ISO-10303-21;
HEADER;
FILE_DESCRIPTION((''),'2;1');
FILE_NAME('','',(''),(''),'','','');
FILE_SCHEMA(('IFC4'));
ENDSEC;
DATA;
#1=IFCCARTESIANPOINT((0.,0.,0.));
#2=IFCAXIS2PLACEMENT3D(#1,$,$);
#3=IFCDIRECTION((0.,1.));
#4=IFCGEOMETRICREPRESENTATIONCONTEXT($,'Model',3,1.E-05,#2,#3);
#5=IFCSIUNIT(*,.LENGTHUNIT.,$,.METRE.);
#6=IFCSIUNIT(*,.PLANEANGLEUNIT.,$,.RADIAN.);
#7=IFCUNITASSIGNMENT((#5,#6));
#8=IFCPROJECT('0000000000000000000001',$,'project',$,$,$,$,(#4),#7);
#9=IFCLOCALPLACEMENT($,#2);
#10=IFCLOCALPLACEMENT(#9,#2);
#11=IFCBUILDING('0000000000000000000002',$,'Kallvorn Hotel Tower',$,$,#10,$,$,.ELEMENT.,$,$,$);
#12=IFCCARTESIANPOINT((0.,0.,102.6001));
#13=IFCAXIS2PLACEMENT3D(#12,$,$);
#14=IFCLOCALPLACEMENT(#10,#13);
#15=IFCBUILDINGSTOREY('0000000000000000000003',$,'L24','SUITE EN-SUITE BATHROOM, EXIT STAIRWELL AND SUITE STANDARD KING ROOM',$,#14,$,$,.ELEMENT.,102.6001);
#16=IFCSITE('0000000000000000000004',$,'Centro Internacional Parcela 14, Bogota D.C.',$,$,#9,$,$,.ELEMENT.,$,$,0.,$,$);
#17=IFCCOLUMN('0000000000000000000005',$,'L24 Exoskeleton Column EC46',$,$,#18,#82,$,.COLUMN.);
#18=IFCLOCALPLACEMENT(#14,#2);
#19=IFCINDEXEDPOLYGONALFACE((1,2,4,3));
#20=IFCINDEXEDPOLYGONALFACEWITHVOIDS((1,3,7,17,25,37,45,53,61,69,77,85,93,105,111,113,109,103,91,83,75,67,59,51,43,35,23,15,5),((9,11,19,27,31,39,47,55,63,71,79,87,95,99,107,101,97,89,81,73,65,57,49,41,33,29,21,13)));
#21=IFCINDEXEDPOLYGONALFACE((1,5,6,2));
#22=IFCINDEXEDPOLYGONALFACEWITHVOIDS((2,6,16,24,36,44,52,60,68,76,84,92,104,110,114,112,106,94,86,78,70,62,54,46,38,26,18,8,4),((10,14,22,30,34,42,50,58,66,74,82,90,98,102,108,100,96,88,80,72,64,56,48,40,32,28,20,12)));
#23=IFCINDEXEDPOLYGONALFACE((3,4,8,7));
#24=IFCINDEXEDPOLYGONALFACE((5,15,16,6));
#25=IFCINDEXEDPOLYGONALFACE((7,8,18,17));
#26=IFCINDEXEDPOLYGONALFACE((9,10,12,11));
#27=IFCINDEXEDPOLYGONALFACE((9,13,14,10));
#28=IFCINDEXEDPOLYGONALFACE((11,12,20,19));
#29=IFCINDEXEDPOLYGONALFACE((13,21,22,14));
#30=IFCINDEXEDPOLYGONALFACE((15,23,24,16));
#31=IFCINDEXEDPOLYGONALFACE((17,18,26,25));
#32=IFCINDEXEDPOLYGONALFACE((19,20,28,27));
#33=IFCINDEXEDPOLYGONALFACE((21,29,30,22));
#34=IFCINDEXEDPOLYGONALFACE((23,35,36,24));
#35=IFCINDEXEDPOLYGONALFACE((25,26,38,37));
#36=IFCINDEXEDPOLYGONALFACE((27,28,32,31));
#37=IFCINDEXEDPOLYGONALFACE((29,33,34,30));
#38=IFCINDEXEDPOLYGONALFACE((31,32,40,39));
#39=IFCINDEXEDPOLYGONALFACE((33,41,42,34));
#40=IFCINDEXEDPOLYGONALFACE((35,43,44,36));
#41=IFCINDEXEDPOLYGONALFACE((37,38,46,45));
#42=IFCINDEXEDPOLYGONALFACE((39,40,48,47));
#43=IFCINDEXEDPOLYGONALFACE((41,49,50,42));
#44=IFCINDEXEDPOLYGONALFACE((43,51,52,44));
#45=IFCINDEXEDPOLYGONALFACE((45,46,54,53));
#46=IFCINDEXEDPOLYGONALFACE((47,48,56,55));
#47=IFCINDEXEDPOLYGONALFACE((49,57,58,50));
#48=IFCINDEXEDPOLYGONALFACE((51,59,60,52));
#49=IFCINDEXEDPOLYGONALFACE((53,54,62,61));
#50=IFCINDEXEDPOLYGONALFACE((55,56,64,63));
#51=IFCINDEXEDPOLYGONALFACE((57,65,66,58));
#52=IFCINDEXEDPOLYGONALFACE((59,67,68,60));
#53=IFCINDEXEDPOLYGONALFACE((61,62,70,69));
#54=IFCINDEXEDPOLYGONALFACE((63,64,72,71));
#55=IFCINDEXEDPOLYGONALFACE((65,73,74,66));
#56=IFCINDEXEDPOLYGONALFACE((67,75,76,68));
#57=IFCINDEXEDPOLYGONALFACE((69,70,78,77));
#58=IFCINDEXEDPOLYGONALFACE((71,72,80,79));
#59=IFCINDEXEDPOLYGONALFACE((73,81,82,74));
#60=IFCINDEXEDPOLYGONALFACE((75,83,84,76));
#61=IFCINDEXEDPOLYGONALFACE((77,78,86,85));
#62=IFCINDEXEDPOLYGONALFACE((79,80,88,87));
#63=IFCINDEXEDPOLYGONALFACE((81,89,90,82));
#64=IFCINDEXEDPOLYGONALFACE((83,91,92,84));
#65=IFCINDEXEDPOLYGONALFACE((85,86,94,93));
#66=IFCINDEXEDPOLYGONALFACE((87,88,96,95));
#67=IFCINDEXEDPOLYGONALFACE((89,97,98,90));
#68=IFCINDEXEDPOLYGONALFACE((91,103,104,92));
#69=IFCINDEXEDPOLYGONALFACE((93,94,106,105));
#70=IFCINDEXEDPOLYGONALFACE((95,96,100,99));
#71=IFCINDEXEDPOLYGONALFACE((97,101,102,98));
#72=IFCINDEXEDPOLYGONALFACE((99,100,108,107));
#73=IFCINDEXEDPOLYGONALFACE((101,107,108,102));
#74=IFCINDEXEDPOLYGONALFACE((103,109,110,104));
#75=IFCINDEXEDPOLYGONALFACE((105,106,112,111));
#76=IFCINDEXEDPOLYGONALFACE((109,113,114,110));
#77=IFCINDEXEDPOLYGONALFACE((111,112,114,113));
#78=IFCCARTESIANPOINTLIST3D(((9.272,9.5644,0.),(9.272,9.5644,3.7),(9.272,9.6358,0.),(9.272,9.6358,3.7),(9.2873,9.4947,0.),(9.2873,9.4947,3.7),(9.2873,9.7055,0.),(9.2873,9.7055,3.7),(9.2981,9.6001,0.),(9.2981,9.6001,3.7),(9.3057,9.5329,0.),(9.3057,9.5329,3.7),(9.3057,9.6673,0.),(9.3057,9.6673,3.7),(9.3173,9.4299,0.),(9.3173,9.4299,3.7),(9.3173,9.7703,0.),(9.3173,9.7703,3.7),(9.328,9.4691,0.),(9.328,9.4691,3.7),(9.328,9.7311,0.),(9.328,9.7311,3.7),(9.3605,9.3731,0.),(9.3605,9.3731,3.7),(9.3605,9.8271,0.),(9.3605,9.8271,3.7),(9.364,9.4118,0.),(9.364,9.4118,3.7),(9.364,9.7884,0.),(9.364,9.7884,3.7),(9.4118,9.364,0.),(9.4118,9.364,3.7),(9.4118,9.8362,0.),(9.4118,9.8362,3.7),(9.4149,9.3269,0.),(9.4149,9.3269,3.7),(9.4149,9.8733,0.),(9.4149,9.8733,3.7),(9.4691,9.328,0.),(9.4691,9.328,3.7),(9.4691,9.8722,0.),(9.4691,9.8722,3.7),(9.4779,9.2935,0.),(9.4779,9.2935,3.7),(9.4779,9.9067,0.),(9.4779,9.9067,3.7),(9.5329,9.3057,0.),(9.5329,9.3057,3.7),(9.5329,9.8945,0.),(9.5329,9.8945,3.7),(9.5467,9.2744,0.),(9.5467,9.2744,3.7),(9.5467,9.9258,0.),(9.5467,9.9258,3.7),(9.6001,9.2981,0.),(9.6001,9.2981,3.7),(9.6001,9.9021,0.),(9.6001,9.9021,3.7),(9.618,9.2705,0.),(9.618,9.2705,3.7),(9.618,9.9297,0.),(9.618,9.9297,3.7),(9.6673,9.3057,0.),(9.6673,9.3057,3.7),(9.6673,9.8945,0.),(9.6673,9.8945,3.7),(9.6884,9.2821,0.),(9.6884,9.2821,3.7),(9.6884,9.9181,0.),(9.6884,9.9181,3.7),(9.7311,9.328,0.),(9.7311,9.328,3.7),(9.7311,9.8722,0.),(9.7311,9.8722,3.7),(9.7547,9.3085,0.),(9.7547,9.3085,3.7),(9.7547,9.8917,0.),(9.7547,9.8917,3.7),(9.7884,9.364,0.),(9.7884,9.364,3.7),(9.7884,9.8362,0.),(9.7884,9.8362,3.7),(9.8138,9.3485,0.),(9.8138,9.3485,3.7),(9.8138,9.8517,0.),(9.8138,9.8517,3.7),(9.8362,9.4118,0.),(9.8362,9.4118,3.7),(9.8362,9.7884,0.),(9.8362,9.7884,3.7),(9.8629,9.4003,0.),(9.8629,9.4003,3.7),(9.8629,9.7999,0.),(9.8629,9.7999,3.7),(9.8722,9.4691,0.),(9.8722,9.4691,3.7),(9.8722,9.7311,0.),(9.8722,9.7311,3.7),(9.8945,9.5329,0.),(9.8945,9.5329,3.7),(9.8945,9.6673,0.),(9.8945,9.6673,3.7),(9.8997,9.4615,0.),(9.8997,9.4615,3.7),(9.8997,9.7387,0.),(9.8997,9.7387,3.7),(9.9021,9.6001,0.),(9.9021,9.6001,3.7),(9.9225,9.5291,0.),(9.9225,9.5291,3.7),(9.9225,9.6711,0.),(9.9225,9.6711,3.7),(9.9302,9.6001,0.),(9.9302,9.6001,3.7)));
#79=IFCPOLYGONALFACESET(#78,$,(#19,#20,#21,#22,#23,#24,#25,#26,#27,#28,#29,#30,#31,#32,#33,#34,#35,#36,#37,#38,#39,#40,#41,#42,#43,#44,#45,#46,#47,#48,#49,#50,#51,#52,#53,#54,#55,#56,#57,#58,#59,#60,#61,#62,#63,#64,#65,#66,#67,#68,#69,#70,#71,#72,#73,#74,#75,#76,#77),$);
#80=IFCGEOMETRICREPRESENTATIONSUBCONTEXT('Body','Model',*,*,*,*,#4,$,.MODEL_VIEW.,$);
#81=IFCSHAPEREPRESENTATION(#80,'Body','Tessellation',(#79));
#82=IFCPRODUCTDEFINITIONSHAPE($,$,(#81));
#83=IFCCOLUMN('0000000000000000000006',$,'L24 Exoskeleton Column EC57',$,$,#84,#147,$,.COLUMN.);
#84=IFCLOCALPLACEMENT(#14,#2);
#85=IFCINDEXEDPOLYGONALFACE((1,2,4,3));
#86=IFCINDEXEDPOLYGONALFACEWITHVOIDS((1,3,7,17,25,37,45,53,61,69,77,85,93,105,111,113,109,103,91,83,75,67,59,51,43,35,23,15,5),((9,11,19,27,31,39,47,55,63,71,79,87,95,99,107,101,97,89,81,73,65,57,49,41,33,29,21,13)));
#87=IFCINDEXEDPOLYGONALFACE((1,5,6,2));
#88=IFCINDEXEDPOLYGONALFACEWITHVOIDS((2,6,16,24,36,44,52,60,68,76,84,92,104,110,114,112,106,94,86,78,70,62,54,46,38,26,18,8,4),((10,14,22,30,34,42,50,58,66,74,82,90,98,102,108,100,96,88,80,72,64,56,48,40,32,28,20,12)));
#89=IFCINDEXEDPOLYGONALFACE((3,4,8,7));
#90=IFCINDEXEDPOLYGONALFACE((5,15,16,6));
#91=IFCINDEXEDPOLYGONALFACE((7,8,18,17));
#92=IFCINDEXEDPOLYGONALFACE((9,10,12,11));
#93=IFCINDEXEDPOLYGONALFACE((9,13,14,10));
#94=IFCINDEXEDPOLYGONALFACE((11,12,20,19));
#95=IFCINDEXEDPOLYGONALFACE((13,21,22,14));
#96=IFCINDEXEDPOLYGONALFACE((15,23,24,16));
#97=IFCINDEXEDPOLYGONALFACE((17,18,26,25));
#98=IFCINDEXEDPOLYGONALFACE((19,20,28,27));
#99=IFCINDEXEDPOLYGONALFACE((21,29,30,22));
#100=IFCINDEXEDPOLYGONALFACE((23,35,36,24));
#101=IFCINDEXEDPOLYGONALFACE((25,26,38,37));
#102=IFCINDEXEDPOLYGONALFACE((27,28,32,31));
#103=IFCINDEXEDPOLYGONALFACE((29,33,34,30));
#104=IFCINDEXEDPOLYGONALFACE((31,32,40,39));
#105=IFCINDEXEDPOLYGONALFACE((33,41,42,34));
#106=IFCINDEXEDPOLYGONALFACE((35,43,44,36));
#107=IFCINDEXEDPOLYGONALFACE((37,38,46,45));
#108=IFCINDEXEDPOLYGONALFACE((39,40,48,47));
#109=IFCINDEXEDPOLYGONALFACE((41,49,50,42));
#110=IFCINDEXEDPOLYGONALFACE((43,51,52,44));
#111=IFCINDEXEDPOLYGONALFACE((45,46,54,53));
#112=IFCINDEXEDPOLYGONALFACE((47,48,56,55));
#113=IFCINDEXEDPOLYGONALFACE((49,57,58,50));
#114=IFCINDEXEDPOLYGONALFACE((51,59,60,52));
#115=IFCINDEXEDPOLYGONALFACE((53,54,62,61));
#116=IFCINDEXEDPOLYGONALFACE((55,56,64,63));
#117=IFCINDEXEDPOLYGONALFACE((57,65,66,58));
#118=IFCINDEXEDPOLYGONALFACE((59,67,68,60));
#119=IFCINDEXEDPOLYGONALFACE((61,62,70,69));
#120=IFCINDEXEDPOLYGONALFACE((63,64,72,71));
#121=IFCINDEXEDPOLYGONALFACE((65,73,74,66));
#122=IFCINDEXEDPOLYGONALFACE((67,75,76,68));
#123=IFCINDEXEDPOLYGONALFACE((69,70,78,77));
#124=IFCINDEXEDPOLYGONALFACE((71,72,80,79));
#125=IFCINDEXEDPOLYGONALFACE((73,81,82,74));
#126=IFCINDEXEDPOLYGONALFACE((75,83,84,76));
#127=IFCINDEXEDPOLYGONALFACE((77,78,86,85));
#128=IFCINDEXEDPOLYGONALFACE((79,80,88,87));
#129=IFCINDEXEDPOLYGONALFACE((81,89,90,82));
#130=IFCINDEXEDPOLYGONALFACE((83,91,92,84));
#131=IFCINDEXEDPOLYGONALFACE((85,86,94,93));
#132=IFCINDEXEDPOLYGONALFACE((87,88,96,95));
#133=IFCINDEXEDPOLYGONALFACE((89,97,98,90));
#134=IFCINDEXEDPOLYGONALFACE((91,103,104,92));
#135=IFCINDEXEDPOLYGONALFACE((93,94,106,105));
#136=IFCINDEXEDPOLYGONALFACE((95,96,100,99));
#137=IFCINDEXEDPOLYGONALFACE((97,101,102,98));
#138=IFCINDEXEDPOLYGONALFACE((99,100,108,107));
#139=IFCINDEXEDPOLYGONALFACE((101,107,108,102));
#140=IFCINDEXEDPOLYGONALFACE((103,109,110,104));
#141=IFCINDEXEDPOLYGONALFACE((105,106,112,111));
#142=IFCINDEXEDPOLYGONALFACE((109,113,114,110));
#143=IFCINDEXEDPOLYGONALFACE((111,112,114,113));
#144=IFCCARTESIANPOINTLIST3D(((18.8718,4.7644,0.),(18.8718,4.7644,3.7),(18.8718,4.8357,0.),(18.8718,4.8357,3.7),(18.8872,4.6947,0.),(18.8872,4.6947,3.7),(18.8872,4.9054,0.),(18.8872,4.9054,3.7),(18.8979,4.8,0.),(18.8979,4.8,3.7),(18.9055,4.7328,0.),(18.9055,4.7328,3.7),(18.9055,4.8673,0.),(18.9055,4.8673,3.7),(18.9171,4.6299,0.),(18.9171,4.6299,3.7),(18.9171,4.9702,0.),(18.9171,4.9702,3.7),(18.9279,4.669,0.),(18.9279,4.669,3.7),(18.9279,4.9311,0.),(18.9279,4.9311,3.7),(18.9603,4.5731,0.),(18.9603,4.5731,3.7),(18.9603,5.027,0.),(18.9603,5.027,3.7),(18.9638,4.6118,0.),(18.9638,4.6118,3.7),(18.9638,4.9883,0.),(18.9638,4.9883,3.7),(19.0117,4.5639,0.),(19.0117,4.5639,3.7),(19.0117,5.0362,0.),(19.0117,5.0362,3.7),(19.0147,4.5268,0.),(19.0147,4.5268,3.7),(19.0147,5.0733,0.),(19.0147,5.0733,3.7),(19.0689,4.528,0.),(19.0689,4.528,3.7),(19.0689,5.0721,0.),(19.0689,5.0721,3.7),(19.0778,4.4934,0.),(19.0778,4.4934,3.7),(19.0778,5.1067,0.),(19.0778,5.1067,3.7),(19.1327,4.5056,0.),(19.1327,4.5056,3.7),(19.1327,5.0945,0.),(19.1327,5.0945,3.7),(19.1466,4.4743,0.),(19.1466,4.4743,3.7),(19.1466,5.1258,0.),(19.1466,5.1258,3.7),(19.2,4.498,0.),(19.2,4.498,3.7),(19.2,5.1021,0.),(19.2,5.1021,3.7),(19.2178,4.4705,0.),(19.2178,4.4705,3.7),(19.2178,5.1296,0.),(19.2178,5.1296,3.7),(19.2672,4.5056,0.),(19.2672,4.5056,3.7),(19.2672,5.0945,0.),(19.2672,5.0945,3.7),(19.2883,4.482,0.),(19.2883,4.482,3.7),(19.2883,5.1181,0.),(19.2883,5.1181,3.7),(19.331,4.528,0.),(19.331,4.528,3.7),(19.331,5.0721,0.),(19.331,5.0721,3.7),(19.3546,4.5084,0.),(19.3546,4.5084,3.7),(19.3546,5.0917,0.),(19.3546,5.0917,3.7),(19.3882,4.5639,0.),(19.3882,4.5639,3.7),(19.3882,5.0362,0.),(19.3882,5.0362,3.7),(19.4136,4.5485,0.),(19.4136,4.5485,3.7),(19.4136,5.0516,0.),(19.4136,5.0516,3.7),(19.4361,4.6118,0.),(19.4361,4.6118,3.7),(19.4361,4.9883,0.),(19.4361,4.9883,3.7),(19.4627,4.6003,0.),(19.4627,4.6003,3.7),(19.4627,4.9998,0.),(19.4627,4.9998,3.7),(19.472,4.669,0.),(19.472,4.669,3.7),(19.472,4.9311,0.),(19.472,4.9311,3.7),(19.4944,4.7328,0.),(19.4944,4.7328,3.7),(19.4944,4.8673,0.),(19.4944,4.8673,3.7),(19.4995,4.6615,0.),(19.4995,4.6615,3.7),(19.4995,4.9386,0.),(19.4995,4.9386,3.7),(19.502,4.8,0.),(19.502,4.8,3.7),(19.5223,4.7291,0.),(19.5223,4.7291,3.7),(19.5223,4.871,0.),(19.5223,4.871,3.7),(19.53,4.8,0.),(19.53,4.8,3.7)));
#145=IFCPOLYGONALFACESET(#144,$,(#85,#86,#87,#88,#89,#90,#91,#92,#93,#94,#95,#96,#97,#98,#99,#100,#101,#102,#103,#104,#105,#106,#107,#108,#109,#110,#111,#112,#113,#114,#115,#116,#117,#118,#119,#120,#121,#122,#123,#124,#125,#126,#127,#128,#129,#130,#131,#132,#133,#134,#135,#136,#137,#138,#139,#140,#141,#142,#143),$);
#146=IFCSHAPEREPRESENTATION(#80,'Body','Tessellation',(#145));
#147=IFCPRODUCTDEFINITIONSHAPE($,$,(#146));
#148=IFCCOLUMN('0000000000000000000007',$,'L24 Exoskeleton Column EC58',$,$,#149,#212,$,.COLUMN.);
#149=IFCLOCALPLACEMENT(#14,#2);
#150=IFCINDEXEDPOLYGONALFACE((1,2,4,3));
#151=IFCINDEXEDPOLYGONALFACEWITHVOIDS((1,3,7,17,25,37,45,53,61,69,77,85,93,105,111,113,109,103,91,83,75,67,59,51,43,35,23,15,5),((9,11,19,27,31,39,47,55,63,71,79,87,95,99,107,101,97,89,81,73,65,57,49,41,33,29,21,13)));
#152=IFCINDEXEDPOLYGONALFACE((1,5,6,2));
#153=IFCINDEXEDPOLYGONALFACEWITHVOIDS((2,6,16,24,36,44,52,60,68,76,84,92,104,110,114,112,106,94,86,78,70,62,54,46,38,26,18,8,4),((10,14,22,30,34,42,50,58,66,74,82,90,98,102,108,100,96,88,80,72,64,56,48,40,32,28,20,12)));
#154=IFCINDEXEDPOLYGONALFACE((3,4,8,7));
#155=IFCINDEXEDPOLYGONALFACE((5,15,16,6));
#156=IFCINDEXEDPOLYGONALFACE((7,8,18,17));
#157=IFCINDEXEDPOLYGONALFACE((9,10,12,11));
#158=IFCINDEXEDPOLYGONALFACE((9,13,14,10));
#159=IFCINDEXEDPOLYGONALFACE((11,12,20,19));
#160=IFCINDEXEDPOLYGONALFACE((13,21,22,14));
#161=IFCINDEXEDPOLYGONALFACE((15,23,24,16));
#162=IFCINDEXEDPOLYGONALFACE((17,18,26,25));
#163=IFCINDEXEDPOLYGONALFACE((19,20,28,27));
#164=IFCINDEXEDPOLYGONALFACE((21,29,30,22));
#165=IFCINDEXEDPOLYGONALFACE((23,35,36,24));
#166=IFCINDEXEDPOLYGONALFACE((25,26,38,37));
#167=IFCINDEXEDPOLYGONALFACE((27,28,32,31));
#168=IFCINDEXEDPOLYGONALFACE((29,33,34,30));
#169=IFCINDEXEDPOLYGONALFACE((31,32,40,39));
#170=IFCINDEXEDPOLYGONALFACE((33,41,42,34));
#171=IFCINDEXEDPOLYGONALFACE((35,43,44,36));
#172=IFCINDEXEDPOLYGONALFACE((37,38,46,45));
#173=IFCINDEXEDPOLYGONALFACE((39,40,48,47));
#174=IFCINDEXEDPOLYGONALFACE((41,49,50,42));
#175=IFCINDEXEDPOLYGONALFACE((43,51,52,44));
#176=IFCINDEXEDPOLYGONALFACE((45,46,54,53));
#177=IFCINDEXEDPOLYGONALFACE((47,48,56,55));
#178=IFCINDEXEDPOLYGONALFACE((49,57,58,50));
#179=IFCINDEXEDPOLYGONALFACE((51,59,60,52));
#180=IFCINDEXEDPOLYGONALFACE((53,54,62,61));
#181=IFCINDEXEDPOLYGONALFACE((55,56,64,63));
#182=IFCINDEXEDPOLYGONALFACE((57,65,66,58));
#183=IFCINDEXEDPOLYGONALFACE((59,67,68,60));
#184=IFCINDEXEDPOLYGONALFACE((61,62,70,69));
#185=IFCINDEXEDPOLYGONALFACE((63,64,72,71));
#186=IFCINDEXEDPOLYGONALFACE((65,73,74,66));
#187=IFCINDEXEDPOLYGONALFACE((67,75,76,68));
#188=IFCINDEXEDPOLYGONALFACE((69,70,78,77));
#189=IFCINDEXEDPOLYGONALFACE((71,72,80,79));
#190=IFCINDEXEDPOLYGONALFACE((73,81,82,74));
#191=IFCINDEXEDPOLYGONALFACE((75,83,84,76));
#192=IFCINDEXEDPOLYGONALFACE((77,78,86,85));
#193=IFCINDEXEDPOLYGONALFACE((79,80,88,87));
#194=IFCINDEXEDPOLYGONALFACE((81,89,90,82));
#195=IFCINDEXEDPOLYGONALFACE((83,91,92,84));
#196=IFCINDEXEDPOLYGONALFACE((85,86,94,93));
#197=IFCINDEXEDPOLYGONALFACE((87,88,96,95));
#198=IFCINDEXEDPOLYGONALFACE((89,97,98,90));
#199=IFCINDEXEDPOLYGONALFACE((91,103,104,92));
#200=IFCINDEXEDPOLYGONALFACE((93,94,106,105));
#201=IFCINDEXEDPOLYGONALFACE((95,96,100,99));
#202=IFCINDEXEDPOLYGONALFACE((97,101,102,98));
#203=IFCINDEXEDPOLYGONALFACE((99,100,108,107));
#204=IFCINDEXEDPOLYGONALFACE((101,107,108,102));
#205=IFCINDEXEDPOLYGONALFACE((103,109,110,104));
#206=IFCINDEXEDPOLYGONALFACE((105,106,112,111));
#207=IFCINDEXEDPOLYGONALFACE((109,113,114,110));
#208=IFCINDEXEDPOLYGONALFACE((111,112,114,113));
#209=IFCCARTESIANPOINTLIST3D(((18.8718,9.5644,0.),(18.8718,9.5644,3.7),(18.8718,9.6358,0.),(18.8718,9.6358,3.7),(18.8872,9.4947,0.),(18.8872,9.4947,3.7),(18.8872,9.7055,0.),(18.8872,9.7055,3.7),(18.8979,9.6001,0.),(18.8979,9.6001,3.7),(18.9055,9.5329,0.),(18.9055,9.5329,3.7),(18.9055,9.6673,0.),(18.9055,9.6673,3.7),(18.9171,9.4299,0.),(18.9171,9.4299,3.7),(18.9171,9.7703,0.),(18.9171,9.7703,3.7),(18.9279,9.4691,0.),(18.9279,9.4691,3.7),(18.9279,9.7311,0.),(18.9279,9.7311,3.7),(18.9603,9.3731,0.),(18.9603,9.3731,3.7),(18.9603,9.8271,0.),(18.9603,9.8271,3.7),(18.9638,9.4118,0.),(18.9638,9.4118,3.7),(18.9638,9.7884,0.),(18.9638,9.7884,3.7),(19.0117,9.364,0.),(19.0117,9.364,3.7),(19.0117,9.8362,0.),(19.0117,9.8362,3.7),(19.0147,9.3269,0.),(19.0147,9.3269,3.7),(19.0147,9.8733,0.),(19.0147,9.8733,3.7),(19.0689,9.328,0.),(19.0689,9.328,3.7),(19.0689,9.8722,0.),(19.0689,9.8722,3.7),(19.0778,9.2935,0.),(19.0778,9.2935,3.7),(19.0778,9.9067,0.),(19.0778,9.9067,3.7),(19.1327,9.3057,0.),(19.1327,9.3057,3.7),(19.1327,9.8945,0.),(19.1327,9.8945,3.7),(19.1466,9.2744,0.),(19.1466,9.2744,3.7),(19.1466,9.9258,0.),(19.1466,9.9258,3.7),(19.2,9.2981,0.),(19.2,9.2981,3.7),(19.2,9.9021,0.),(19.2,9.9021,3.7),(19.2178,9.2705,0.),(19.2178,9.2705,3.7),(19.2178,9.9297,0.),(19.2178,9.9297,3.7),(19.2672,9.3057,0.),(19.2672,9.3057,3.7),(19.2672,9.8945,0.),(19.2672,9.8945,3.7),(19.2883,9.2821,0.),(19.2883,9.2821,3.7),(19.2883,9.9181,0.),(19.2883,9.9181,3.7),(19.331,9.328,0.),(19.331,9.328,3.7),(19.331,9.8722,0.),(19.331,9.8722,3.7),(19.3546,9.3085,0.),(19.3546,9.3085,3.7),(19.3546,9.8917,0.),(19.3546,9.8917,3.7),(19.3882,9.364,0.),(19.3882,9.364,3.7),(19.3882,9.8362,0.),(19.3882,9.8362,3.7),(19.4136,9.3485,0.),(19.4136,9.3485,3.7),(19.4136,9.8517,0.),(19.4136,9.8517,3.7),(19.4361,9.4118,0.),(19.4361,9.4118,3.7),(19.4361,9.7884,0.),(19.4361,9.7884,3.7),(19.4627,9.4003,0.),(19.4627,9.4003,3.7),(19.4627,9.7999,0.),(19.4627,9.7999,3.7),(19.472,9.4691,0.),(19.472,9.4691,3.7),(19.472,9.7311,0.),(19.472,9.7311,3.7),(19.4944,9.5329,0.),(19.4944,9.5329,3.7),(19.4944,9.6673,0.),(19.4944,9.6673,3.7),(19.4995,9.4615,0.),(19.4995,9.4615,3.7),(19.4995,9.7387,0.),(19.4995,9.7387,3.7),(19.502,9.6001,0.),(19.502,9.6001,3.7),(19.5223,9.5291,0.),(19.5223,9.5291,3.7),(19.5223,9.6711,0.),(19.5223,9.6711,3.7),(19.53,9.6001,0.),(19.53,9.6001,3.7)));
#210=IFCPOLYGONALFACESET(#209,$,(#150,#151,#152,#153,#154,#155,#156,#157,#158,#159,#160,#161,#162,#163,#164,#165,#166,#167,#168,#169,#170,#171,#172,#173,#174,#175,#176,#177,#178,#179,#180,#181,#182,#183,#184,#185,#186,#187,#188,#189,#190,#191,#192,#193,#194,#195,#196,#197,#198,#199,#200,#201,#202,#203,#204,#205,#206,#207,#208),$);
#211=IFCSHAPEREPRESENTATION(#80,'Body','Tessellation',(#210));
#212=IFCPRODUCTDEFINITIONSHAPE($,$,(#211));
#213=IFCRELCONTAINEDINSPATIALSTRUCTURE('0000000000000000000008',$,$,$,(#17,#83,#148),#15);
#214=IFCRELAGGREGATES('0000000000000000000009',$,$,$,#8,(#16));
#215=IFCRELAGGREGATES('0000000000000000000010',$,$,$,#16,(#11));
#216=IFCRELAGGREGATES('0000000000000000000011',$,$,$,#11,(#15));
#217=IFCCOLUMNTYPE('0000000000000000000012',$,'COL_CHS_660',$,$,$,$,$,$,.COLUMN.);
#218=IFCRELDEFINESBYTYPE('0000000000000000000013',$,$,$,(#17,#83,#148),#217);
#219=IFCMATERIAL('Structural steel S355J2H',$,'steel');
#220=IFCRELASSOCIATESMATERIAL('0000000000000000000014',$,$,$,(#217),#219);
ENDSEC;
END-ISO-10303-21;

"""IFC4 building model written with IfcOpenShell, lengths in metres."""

from ifc_helpers import new_model, si_unit, direction, frame, origin, origin_2d, place, context, subcontext, project, spatial, hollow_circle, extrude, material, material_profile, profile_set, type_object, element, save


model = new_model("IFC4")

# Units and contexts
model_context = context("Model", 3, precision=1e-05, world=origin(), true_north=direction((0.0, 1.0)))
body_context = subcontext(model_context, "Body", "Model", "MODEL_VIEW")
ifc_project = project(units=[si_unit("LENGTHUNIT", "METRE"), si_unit("PLANEANGLEUNIT", "RADIAN")], contexts=[model_context])

# Site, building, storey
site_placement = place(None, origin())
site = spatial("IfcSite", under=ifc_project, at=site_placement, Name="Centro Internacional Parcela 14, Bogota D.C.", CompositionType="ELEMENT", RefElevation=0.0)
building_placement = place(site_placement, origin())
building = spatial("IfcBuilding", under=site, at=building_placement, Name="Kallvorn Hotel Tower", CompositionType="ELEMENT")
storey_placement = place(building_placement, frame((0.0, 0.0, 102.6001)))
storey = spatial("IfcBuildingStorey", under=building, at=storey_placement, Name="L24", Description="SUITE EN-SUITE BATHROOM, EXIT STAIRWELL AND SUITE STANDARD KING ROOM", CompositionType="ELEMENT", Elevation=102.6001)

# Columns
ifc_material_1 = material(Name="Structural steel S355J2H", Category="steel")
ifc_material_profile_1 = material_profile(ifc_material_1, hollow_circle(Radius=0.3301, WallThickness=0.0281, at=origin_2d()), Name="CHS 660x28")
ifc_profile_set_1 = profile_set([ifc_material_profile_1], Name="Structural steel S355J2H")
column_type_1 = type_object("IfcColumnType", Name="COL_CHS_660", PredefinedType="COLUMN", material=ifc_profile_set_1)
for number, where, z_axis, x_axis, name in (
    (1, (9.6001, 9.6001, 0.0), (0.0, 0.0, 1.0), (1.0, 0.0, 0.0), "L24 Exoskeleton Column EC46"),
    (2, (19.2, 4.8, 0.0), (0.0, 0.0, 1.0), (1.0, 0.0, 0.0), "L24 Exoskeleton Column EC57"),
    (3, (19.2, 9.6001, 0.0), (0.0, 0.0, 1.0), (1.0, 0.0, 0.0), "L24 Exoskeleton Column EC58"),
):
    element("IfcColumn", number, at=place(storey_placement, frame(where, z_axis=z_axis, x_axis=x_axis)), inside=storey, type_object=column_type_1, Name=name, PredefinedType="COLUMN", context=body_context, shape_type="SweptSolid", body=[
        extrude(hollow_circle(Radius=0.3301, WallThickness=0.0281, at=origin_2d()), origin(), (0.0, 0.0, 1.0), 3.7),
    ])

save(model, "model.ifc")
